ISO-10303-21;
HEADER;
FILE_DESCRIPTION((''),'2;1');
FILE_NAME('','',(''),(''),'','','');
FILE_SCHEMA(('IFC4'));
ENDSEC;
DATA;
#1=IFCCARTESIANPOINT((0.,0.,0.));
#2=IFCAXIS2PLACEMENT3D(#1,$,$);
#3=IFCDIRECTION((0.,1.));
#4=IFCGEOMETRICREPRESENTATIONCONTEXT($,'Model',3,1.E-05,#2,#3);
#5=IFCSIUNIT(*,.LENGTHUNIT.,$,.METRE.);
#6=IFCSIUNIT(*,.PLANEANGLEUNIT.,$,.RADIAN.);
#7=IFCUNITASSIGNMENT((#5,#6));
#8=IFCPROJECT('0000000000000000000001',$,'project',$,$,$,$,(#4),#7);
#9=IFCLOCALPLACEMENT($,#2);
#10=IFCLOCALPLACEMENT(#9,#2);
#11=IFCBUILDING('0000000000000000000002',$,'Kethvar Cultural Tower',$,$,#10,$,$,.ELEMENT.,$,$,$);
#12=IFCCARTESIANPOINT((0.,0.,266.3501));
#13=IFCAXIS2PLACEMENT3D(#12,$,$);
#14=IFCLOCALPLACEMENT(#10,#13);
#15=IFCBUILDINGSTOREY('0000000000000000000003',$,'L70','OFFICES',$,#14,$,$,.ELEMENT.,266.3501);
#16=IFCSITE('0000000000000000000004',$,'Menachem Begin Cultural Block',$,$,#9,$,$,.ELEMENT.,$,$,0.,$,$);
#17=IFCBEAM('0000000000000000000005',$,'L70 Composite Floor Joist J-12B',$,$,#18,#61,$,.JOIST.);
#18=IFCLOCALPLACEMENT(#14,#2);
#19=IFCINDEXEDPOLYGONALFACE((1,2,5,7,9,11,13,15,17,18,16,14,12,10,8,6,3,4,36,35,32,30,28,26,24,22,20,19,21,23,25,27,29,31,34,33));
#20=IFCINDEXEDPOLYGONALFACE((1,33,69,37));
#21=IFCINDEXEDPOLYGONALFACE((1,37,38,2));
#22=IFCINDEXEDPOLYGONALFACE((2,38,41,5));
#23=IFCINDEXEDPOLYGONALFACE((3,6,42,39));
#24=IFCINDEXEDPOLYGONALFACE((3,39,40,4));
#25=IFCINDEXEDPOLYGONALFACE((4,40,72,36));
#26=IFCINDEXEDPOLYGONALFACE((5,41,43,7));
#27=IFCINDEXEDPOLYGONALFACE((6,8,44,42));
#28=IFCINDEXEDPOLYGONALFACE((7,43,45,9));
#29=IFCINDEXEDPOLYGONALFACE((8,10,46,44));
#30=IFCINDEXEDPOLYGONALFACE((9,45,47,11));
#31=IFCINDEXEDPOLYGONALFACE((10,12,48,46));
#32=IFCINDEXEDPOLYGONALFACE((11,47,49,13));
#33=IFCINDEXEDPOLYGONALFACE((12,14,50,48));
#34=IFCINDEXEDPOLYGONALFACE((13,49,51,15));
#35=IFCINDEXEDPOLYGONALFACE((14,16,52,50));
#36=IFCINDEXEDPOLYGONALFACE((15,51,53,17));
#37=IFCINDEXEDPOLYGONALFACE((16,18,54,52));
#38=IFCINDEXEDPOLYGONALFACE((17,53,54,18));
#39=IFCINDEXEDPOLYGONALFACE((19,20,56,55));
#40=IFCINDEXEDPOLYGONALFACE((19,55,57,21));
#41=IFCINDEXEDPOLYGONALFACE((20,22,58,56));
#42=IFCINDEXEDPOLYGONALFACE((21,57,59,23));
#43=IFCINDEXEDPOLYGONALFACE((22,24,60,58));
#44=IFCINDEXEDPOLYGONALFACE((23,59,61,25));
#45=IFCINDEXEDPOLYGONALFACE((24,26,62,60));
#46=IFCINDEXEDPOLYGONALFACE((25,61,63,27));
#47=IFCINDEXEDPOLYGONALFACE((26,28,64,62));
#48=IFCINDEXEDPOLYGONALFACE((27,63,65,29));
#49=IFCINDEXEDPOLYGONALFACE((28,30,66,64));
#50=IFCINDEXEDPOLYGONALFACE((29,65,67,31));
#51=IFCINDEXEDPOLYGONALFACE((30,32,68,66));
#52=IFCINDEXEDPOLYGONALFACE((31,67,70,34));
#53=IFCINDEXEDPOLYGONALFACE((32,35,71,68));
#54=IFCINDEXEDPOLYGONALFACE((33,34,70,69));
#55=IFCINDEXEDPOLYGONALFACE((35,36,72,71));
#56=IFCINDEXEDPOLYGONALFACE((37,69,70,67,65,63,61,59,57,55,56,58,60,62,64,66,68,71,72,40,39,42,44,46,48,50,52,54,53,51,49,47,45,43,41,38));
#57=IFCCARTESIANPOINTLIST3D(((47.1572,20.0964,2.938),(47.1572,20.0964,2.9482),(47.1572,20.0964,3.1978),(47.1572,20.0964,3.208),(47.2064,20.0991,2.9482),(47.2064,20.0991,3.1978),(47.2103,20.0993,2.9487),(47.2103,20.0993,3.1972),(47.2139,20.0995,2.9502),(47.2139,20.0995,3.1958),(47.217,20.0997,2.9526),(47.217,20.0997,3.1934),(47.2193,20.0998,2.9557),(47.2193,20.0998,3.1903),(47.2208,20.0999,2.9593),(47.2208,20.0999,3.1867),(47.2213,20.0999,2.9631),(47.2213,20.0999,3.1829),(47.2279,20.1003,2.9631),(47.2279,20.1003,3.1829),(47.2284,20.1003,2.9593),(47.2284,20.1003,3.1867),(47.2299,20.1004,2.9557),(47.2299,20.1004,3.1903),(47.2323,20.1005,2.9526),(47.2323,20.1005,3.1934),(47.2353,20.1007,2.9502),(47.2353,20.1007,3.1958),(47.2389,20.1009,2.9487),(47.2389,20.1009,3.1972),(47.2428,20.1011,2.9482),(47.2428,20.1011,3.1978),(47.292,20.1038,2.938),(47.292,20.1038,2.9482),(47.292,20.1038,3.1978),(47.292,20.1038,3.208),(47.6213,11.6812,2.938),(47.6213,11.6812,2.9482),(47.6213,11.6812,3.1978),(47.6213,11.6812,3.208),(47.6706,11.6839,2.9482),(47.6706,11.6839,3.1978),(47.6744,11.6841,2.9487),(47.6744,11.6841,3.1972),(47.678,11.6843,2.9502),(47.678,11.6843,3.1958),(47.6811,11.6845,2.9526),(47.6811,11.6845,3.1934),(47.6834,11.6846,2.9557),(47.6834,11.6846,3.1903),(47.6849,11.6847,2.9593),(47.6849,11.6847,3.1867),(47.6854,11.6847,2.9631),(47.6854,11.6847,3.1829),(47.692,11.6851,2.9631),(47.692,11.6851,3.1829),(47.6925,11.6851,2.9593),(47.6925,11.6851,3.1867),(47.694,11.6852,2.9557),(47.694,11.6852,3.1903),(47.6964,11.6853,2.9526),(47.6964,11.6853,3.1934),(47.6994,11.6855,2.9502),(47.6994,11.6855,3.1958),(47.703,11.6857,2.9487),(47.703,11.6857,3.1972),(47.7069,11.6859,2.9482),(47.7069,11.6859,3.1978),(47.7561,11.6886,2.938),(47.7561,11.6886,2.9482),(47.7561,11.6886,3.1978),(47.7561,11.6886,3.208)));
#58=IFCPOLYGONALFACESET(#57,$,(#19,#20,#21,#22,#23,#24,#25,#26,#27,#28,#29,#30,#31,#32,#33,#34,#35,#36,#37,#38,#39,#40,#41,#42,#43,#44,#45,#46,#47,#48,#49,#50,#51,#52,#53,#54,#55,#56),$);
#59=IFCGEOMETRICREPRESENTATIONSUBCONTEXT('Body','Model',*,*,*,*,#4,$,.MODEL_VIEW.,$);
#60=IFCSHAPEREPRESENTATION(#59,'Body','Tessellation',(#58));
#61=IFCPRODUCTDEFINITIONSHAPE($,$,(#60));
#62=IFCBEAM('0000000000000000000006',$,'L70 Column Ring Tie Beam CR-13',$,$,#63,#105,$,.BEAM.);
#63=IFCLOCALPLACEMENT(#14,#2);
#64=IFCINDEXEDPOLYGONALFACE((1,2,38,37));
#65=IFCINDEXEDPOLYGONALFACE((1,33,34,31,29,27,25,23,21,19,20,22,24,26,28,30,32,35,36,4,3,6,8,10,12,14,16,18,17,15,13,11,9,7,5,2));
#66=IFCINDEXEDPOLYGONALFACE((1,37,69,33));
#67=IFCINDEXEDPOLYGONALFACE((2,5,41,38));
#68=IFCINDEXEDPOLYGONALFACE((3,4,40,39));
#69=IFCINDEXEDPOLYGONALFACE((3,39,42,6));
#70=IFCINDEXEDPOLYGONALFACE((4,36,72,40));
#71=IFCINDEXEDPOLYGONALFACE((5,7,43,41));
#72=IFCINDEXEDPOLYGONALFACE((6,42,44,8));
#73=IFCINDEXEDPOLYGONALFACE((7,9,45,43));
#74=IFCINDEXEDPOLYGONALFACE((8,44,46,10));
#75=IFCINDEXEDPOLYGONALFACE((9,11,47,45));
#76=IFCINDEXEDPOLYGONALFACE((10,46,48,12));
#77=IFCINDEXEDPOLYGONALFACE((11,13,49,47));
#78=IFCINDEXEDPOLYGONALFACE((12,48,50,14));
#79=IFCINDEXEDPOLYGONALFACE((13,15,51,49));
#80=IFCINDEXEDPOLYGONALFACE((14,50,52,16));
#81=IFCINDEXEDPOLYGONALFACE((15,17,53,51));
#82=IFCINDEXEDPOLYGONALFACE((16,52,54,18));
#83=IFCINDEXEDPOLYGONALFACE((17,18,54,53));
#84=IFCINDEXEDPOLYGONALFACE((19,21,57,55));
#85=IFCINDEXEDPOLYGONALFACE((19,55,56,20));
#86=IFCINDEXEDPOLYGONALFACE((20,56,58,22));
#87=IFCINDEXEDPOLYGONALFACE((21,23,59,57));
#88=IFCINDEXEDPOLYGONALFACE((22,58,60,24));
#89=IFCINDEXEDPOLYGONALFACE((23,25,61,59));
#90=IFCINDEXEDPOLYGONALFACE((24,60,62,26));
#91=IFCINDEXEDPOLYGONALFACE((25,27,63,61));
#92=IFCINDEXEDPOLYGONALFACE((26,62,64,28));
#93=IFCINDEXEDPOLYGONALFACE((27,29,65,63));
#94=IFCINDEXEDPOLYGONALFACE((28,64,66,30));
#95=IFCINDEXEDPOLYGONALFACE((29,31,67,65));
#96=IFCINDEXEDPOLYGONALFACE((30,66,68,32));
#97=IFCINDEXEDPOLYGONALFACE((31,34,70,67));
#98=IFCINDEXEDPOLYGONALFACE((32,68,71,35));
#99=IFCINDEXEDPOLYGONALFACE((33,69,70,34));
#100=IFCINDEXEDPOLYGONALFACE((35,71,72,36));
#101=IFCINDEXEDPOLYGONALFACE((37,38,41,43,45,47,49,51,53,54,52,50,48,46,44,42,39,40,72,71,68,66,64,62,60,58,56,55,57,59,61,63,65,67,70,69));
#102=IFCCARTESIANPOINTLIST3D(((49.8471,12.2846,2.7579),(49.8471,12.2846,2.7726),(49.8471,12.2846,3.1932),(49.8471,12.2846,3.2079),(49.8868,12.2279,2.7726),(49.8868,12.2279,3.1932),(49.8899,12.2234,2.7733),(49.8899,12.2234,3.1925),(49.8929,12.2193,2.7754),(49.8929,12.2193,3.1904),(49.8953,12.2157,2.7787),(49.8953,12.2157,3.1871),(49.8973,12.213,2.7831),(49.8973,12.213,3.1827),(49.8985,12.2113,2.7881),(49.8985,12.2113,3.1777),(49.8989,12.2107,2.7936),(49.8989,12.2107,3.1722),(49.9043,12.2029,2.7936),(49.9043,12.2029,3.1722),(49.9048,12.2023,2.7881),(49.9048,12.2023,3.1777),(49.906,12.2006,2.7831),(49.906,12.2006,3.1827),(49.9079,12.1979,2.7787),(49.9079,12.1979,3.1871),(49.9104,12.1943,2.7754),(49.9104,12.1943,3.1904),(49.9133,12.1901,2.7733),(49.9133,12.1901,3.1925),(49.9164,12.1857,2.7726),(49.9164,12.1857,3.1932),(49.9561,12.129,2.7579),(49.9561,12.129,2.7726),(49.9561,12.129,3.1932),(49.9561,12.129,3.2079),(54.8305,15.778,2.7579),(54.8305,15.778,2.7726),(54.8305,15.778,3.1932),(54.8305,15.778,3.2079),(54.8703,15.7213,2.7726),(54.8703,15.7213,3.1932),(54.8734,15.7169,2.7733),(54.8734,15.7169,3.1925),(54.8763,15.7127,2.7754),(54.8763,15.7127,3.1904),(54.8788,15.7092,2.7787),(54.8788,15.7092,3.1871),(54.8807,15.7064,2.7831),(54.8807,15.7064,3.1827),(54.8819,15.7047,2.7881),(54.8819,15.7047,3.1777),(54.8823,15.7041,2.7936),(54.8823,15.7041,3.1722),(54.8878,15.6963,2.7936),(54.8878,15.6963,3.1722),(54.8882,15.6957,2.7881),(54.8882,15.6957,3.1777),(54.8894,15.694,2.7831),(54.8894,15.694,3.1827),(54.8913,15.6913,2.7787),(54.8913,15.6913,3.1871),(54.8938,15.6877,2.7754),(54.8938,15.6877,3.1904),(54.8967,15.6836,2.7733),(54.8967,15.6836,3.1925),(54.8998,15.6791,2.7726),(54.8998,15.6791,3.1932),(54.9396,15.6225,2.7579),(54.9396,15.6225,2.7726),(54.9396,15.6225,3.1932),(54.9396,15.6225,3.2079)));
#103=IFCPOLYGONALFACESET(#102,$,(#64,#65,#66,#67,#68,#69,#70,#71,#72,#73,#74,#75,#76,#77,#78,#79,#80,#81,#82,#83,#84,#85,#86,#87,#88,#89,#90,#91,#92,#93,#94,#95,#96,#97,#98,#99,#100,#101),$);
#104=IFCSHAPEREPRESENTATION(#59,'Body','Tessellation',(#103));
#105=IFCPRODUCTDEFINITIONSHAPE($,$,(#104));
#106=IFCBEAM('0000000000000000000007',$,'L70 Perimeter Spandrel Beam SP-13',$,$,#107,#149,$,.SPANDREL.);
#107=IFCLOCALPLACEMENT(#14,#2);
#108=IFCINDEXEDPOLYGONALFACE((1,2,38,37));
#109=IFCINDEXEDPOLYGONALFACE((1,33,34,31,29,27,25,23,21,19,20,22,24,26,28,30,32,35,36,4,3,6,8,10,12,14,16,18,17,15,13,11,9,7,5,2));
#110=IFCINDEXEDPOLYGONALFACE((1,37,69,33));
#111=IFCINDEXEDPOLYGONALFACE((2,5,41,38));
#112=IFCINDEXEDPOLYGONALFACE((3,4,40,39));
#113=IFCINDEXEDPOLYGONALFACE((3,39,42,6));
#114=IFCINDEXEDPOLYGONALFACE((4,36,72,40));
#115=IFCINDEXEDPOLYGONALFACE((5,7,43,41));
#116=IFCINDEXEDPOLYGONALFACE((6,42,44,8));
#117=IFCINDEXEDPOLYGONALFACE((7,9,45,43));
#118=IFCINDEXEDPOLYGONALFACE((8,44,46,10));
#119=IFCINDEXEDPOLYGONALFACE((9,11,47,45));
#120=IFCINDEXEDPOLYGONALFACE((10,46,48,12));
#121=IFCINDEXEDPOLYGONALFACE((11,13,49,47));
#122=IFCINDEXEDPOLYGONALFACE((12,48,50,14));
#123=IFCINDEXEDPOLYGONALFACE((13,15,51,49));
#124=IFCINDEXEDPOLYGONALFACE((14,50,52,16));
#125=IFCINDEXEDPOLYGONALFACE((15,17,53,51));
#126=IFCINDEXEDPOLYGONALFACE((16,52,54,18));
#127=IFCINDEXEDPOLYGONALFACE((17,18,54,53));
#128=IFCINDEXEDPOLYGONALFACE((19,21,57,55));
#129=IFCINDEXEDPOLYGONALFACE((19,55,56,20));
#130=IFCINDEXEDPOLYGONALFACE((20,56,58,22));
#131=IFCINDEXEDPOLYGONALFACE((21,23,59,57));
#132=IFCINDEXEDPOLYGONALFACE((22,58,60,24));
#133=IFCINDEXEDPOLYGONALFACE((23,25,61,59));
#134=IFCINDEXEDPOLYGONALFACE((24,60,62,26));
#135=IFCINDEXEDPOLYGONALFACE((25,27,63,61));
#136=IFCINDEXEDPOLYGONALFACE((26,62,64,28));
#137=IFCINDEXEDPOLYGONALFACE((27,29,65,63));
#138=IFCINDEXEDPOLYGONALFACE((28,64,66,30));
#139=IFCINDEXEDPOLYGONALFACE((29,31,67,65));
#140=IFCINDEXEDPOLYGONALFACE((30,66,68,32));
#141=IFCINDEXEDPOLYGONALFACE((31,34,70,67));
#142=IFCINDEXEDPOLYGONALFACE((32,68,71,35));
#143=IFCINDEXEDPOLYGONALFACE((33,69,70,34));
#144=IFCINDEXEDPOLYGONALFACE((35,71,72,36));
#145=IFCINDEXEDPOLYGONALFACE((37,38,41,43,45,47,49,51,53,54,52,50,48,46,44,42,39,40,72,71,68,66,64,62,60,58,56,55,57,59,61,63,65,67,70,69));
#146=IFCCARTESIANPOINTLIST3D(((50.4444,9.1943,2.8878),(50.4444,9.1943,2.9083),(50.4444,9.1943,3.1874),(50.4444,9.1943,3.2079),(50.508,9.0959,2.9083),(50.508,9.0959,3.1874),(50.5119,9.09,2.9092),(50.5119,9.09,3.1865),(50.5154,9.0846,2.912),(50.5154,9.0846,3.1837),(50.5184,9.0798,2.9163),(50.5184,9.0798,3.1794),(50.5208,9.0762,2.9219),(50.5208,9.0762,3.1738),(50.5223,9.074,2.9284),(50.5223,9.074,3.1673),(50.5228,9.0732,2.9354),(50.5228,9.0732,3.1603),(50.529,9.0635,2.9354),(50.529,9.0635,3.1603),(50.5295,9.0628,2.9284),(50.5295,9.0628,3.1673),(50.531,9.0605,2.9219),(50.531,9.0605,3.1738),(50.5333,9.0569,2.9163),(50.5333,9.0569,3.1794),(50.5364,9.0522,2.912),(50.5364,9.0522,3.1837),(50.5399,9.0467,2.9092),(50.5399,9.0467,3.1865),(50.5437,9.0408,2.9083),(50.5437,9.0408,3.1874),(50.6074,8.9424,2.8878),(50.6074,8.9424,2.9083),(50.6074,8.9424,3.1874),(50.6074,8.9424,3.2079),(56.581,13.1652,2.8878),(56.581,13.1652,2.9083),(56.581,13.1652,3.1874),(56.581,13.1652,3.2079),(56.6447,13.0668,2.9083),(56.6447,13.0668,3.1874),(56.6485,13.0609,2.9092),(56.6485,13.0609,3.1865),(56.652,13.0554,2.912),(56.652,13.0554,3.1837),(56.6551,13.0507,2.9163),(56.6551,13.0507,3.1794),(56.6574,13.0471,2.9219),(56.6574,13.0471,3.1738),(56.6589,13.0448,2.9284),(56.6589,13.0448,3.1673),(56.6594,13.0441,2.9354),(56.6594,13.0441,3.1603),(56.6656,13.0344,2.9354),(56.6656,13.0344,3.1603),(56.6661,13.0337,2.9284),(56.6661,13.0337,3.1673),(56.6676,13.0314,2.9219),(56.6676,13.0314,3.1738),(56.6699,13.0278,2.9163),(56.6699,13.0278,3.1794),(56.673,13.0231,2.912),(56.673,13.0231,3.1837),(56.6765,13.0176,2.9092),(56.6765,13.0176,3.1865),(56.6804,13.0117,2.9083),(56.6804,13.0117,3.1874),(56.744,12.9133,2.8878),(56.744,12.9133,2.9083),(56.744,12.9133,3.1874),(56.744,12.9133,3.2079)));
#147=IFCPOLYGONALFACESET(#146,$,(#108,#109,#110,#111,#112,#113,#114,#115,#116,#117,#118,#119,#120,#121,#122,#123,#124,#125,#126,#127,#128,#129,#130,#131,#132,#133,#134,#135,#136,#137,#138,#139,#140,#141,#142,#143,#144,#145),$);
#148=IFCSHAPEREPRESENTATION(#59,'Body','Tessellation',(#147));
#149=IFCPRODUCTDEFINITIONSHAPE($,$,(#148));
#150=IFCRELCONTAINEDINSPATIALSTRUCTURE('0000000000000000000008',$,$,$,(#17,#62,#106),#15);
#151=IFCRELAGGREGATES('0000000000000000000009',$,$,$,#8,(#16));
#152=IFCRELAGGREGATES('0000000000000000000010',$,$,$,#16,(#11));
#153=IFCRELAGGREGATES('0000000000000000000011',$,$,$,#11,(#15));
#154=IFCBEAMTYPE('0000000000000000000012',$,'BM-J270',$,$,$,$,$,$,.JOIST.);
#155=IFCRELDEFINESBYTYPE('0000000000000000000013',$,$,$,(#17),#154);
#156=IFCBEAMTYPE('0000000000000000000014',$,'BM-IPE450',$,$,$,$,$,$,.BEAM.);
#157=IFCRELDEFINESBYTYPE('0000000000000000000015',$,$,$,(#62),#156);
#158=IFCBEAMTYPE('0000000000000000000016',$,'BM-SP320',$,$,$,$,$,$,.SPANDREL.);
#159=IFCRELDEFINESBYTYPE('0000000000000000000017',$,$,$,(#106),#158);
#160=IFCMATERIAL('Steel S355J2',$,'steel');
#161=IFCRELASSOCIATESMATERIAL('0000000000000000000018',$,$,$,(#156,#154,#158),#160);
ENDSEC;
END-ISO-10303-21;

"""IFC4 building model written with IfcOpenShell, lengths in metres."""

from ifc_helpers import new_model, si_unit, direction, frame, origin, origin_2d, place, context, subcontext, project, spatial, i_section, extrude, source, transform, mapped, material, material_profile, profile_set, type_object, element, save


model = new_model("IFC4")

# Units and contexts
model_context = context("Model", 3, precision=1e-05, world=origin(), true_north=direction((0.0, 1.0)))
body_context = subcontext(model_context, "Body", "Model", "MODEL_VIEW")
ifc_project = project(units=[si_unit("LENGTHUNIT", "METRE"), si_unit("PLANEANGLEUNIT", "RADIAN")], contexts=[model_context])

# Site, building, storey
site_placement = place(None, origin())
site = spatial("IfcSite", under=ifc_project, at=site_placement, Name="Menachem Begin Cultural Block", CompositionType="ELEMENT", RefElevation=0.0)
building_placement = place(site_placement, origin())
building = spatial("IfcBuilding", under=site, at=building_placement, Name="Kethvar Cultural Tower", CompositionType="ELEMENT")
storey_placement = place(building_placement, frame((0.0, 0.0, 266.3501)))
storey = spatial("IfcBuildingStorey", under=building, at=storey_placement, Name="L70", Description="OFFICES", CompositionType="ELEMENT", Elevation=266.3501)

# Shared definitions
ifc_material_1 = material(Name="Steel S355J2", Category="steel")

# Beams
ifc_material_profile_1 = material_profile(ifc_material_1, i_section(OverallWidth=0.1899, OverallDepth=0.45, WebThickness=0.0095, FlangeThickness=0.0146, FilletRadius=0.021, at=origin_2d()), Name="Steel S355J2 — IPE450")
ifc_profile_set_1 = profile_set([ifc_material_profile_1], Name="Steel S355J2 — IPE450")
beam_type_1 = type_object("IfcBeamType", Name="BM-IPE450", PredefinedType="BEAM", material=ifc_profile_set_1)
ifc_material_profile_2 = material_profile(ifc_material_1, i_section(OverallWidth=0.135, OverallDepth=0.27, WebThickness=0.0066, FlangeThickness=0.0103, FilletRadius=0.0149, at=origin_2d()), Name="Steel S355J2 — IPE270")
ifc_profile_set_2 = profile_set([ifc_material_profile_2], Name="Steel S355J2 — IPE270")
beam_type_2 = type_object("IfcBeamType", Name="BM-J270", PredefinedType="JOIST", material=ifc_profile_set_2)
shared_shape_1 = source(origin(), body_context, "Body", "SweptSolid", [
    extrude(i_section(OverallWidth=0.135, OverallDepth=0.27, WebThickness=0.0066, FlangeThickness=0.0103, FilletRadius=0.0149, at=origin_2d()), origin(), (0.0, 0.0, 1.0), 8.428),
])
beam_1_placement = place(storey_placement, frame((47.2246, 20.1001, 3.073), z_axis=(0.055067, -0.998483, 0.0), x_axis=(0.998483, 0.055067, 0.0)))
element("IfcBeam", 1, at=beam_1_placement, inside=storey, type_object=beam_type_2, Name="L70 Composite Floor Joist J-12B", PredefinedType="JOIST", context=body_context, shape_type="MappedRepresentation", body=[
    mapped(shared_shape_1, transform((0.0, 0.0, 0.0), scale=1.0)),
])
shared_shape_2 = source(origin(), body_context, "Body", "SweptSolid", [
    extrude(i_section(OverallWidth=0.1899, OverallDepth=0.45, WebThickness=0.0095, FlangeThickness=0.0146, FilletRadius=0.021, at=origin_2d()), origin(), (0.0, 0.0, 1.0), 6.0859),
])
beam_2_placement = place(storey_placement, frame((49.9016, 12.2068, 2.9829), z_axis=(0.818843, 0.574017, 0.0), x_axis=(-0.574017, 0.818843, 0.0)))
element("IfcBeam", 2, at=beam_2_placement, inside=storey, type_object=beam_type_1, Name="L70 Column Ring Tie Beam CR-13", PredefinedType="BEAM", context=body_context, shape_type="MappedRepresentation", body=[
    mapped(shared_shape_2, transform((0.0, 0.0, 0.0), scale=1.0)),
])
ifc_material_profile_3 = material_profile(ifc_material_1, i_section(OverallWidth=0.3, OverallDepth=0.3201, WebThickness=0.0115, FlangeThickness=0.0205, FilletRadius=0.0271, at=origin_2d()), Name="Steel S355J2 — HEB320")
ifc_profile_set_3 = profile_set([ifc_material_profile_3], Name="Steel S355J2 — HEB320")
beam_type_3 = type_object("IfcBeamType", Name="BM-SP320", PredefinedType="SPANDREL", material=ifc_profile_set_3)
shared_shape_3 = source(origin(), body_context, "Body", "SweptSolid", [
    extrude(i_section(OverallWidth=0.3, OverallDepth=0.3201, WebThickness=0.0115, FlangeThickness=0.0205, FilletRadius=0.0271, at=origin_2d()), origin(), (0.0, 0.0, 1.0), 7.3093),
])
beam_3_placement = place(storey_placement, frame((50.5259, 9.0684, 3.0479), z_axis=(0.839562, 0.543264, 0.0), x_axis=(-0.543264, 0.839562, 0.0)))
element("IfcBeam", 3, at=beam_3_placement, inside=storey, type_object=beam_type_3, Name="L70 Perimeter Spandrel Beam SP-13", PredefinedType="SPANDREL", context=body_context, shape_type="MappedRepresentation", body=[
    mapped(shared_shape_3, transform((0.0, 0.0, 0.0), scale=1.0)),
])

save(model, "model.ifc")
